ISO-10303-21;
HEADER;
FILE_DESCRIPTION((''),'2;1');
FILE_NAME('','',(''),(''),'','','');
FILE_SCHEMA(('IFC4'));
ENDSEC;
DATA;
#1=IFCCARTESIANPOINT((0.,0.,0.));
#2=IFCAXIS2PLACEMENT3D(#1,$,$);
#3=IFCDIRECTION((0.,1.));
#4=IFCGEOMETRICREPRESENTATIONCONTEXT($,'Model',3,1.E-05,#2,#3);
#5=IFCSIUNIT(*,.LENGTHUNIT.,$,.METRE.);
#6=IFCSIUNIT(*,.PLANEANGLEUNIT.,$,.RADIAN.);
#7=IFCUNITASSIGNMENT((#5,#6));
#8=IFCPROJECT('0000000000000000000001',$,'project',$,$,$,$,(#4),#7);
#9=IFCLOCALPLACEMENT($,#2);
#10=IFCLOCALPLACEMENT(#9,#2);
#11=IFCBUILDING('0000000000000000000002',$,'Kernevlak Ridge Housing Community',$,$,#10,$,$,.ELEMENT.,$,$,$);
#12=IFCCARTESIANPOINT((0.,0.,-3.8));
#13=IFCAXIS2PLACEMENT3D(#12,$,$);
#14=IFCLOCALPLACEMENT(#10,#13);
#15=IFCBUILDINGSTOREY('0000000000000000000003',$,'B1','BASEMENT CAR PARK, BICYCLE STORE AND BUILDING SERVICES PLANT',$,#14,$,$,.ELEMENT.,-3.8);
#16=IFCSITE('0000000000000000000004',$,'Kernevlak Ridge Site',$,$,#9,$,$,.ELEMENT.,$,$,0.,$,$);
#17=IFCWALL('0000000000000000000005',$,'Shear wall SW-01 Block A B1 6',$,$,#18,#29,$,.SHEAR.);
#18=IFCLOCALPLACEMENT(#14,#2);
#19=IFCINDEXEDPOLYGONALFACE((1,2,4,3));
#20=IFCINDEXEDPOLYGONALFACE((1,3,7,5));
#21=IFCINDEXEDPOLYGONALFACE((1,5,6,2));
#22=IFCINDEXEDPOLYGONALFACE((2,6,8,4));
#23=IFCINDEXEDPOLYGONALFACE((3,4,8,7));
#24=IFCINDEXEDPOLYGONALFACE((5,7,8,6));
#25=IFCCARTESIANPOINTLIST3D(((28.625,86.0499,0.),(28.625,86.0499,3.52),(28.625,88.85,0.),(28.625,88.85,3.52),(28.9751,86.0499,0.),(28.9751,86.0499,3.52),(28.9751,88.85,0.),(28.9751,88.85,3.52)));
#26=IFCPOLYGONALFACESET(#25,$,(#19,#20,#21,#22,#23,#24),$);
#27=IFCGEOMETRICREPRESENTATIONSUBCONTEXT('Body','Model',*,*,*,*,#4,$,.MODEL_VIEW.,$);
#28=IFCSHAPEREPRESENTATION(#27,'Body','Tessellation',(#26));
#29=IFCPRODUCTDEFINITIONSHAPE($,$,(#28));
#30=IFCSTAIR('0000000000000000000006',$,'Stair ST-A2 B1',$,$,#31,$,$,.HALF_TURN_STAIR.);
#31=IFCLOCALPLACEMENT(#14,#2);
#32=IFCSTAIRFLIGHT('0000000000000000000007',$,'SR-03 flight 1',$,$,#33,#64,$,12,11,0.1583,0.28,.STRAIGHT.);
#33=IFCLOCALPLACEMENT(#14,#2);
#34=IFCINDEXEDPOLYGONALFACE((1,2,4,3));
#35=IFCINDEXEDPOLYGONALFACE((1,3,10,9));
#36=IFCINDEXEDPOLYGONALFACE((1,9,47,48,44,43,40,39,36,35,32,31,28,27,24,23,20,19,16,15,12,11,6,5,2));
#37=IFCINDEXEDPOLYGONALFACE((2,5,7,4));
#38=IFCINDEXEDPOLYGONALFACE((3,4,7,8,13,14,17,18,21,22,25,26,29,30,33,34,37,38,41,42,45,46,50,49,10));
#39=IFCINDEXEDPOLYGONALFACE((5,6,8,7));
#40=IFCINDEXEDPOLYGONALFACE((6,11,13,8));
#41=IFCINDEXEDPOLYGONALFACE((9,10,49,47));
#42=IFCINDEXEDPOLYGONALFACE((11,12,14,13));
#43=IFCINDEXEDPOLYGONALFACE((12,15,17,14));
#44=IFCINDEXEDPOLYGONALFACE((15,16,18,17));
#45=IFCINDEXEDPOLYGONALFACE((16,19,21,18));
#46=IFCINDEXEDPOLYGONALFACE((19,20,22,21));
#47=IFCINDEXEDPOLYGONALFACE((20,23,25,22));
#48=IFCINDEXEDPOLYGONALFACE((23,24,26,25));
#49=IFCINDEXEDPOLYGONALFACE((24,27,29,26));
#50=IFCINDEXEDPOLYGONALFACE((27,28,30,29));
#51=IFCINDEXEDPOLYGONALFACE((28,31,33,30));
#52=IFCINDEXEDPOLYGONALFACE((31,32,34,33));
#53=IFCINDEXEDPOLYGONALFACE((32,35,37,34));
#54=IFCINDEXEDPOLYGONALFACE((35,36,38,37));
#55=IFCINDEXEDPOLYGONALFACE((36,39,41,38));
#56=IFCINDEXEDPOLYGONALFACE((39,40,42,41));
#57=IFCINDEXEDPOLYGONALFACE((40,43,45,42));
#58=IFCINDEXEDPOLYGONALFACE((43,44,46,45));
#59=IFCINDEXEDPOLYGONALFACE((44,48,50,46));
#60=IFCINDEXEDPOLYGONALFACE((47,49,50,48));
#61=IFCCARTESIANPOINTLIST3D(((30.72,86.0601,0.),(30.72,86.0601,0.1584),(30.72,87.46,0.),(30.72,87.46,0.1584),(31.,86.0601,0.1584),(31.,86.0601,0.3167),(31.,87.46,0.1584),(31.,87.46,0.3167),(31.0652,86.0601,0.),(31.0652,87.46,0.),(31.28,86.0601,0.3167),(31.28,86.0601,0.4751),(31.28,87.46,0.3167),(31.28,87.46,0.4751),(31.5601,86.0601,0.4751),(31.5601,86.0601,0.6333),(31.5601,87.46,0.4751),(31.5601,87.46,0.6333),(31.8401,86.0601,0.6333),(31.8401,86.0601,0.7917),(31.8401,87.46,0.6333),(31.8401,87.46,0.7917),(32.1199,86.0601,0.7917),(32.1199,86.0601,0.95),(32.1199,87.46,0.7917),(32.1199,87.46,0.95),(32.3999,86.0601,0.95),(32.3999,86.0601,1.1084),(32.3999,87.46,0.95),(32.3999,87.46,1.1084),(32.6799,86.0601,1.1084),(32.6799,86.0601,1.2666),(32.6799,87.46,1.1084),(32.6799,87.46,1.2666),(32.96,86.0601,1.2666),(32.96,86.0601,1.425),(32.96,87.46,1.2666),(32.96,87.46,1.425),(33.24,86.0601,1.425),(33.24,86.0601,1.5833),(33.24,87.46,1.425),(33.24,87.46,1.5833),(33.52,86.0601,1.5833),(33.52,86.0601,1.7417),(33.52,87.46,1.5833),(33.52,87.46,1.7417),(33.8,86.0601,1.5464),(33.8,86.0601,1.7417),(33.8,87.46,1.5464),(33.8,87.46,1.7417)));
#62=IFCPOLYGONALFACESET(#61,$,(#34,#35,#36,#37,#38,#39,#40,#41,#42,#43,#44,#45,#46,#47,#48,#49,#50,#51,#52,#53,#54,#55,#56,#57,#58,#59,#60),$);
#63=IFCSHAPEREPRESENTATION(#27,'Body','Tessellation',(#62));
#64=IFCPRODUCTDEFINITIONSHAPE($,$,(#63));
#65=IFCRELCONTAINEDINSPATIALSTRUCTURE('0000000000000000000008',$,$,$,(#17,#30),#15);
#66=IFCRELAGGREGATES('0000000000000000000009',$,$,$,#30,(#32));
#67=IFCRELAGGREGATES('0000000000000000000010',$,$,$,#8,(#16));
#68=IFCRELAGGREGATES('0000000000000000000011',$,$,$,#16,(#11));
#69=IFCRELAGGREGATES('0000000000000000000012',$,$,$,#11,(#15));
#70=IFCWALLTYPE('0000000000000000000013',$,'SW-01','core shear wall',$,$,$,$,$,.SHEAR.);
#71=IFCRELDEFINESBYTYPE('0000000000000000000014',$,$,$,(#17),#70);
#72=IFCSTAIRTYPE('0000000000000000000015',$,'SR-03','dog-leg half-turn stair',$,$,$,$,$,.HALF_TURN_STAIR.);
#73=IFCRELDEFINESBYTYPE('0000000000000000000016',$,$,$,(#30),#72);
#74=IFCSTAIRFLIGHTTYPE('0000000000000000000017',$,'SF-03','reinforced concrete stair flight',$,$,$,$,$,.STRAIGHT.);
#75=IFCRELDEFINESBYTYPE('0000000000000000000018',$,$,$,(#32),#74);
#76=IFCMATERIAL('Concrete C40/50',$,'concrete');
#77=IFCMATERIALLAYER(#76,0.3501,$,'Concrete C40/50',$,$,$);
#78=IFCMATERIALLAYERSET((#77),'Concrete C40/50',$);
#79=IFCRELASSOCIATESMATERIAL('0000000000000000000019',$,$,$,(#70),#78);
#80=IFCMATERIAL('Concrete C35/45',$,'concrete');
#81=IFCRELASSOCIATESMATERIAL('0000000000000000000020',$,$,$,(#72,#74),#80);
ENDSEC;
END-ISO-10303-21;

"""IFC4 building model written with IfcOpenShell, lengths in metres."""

from ifc_helpers import new_model, si_unit, direction, frame, frame_2d, origin, place, context, subcontext, project, spatial, polyline, rectangle, outline, extrude, material, layer, layer_set, type_object, element, aggregate, save


model = new_model("IFC4")

# Units and contexts
model_context = context("Model", 3, precision=1e-05, world=origin(), true_north=direction((0.0, 1.0)))
body_context = subcontext(model_context, "Body", "Model", "MODEL_VIEW")
ifc_project = project(units=[si_unit("LENGTHUNIT", "METRE"), si_unit("PLANEANGLEUNIT", "RADIAN")], contexts=[model_context])

# Site, building, storey
site_placement = place(None, origin())
site = spatial("IfcSite", under=ifc_project, at=site_placement, Name="Kernevlak Ridge Site", CompositionType="ELEMENT", RefElevation=0.0)
building_placement = place(site_placement, origin())
building = spatial("IfcBuilding", under=site, at=building_placement, Name="Kernevlak Ridge Housing Community", CompositionType="ELEMENT")
storey_placement = place(building_placement, frame((0.0, 0.0, -3.8)))
storey = spatial("IfcBuildingStorey", under=building, at=storey_placement, Name="B1", Description="BASEMENT CAR PARK, BICYCLE STORE AND BUILDING SERVICES PLANT", CompositionType="ELEMENT", Elevation=-3.8)

# Shared definitions
ifc_material_1 = material(Name="Concrete C35/45", Category="concrete")

# Shared definitions
ifc_material_2 = material(Name="Concrete C40/50", Category="concrete")

# Wall
ifc_layer_1 = layer(ifc_material_2, 0.3501, Name="Concrete C40/50")
ifc_layer_set_1 = layer_set([ifc_layer_1], Name="Concrete C40/50")
wall_type_1 = type_object("IfcWallType", Name="SW-01", Description="core shear wall", PredefinedType="SHEAR", material=ifc_layer_set_1)
for number, where, z_axis, x_axis, name in (
    (1, (28.8, 86.05, 0.0), (0.0, 0.0, 1.0), (0.0, 1.0, 0.0), "Shear wall SW-01 Block A B1 6"),
):
    element("IfcWall", number, at=place(storey_placement, frame(where, z_axis=z_axis, x_axis=x_axis)), inside=storey, type_object=wall_type_1, Name=name, PredefinedType="SHEAR", context=body_context, shape_type="SweptSolid", body=[
        extrude(rectangle(XDim=2.8, YDim=0.3501, at=frame_2d((1.3999, 0.0))), origin(), (0.0, 0.0, 1.0), 3.52),
    ])

# Stair, stair flight
stair_type = type_object("IfcStairType", Name="SR-03", Description="dog-leg half-turn stair", PredefinedType="HALF_TURN_STAIR", material=ifc_material_1)
stair_placement = place(storey_placement, origin())
stair = element("IfcStair", 2, at=stair_placement, inside=storey, type_object=stair_type, Name="Stair ST-A2 B1", PredefinedType="HALF_TURN_STAIR")
stair_flight_type = type_object("IfcStairFlightType", Name="SF-03", Description="reinforced concrete stair flight", PredefinedType="STRAIGHT", material=ifc_material_1)
stair_flight_placement = place(storey_placement, frame((30.72, 86.76, 0.0), z_axis=(0.0, 0.0, 1.0), x_axis=(1.0, 0.0, 0.0)))
stair_flight = element("IfcStairFlight", 3, at=stair_flight_placement, type_object=stair_flight_type, Name="SR-03 flight 1", NumberOfRisers=12, NumberOfTreads=11, PredefinedType="STRAIGHT", RiserHeight=0.1583, TreadLength=0.28, context=body_context, shape_type="SweptSolid", body=[
    extrude(outline(polyline([(0.0, 0.0), (0.0, 0.1584), (0.28, 0.1584), (0.28, 0.3167), (0.5601, 0.3167), (0.5601, 0.4751), (0.8401, 0.4751), (0.8401, 0.6333), (1.1201, 0.6333), (1.1201, 0.7917), (1.3999, 0.7917), (1.3999, 0.95), (1.6799, 0.95), (1.6799, 1.1084), (1.96, 1.1084), (1.96, 1.2666), (2.24, 1.2666), (2.24, 1.425), (2.52, 1.425), (2.52, 1.5833), (2.8, 1.5833), (2.8, 1.7417), (3.0801, 1.7417), (3.0801, 1.8999), (3.0801, 1.5464), (0.3452, 0.0), (0.0, 0.0)])), frame((0.0, 0.7, 0.0), z_axis=(0.0, -1.0, 0.0), x_axis=(1.0, 0.0, 0.0)), (0.0, 0.0, 1.0), 1.3999),
])
aggregate(stair, [stair_flight])

save(model, "model.ifc")
